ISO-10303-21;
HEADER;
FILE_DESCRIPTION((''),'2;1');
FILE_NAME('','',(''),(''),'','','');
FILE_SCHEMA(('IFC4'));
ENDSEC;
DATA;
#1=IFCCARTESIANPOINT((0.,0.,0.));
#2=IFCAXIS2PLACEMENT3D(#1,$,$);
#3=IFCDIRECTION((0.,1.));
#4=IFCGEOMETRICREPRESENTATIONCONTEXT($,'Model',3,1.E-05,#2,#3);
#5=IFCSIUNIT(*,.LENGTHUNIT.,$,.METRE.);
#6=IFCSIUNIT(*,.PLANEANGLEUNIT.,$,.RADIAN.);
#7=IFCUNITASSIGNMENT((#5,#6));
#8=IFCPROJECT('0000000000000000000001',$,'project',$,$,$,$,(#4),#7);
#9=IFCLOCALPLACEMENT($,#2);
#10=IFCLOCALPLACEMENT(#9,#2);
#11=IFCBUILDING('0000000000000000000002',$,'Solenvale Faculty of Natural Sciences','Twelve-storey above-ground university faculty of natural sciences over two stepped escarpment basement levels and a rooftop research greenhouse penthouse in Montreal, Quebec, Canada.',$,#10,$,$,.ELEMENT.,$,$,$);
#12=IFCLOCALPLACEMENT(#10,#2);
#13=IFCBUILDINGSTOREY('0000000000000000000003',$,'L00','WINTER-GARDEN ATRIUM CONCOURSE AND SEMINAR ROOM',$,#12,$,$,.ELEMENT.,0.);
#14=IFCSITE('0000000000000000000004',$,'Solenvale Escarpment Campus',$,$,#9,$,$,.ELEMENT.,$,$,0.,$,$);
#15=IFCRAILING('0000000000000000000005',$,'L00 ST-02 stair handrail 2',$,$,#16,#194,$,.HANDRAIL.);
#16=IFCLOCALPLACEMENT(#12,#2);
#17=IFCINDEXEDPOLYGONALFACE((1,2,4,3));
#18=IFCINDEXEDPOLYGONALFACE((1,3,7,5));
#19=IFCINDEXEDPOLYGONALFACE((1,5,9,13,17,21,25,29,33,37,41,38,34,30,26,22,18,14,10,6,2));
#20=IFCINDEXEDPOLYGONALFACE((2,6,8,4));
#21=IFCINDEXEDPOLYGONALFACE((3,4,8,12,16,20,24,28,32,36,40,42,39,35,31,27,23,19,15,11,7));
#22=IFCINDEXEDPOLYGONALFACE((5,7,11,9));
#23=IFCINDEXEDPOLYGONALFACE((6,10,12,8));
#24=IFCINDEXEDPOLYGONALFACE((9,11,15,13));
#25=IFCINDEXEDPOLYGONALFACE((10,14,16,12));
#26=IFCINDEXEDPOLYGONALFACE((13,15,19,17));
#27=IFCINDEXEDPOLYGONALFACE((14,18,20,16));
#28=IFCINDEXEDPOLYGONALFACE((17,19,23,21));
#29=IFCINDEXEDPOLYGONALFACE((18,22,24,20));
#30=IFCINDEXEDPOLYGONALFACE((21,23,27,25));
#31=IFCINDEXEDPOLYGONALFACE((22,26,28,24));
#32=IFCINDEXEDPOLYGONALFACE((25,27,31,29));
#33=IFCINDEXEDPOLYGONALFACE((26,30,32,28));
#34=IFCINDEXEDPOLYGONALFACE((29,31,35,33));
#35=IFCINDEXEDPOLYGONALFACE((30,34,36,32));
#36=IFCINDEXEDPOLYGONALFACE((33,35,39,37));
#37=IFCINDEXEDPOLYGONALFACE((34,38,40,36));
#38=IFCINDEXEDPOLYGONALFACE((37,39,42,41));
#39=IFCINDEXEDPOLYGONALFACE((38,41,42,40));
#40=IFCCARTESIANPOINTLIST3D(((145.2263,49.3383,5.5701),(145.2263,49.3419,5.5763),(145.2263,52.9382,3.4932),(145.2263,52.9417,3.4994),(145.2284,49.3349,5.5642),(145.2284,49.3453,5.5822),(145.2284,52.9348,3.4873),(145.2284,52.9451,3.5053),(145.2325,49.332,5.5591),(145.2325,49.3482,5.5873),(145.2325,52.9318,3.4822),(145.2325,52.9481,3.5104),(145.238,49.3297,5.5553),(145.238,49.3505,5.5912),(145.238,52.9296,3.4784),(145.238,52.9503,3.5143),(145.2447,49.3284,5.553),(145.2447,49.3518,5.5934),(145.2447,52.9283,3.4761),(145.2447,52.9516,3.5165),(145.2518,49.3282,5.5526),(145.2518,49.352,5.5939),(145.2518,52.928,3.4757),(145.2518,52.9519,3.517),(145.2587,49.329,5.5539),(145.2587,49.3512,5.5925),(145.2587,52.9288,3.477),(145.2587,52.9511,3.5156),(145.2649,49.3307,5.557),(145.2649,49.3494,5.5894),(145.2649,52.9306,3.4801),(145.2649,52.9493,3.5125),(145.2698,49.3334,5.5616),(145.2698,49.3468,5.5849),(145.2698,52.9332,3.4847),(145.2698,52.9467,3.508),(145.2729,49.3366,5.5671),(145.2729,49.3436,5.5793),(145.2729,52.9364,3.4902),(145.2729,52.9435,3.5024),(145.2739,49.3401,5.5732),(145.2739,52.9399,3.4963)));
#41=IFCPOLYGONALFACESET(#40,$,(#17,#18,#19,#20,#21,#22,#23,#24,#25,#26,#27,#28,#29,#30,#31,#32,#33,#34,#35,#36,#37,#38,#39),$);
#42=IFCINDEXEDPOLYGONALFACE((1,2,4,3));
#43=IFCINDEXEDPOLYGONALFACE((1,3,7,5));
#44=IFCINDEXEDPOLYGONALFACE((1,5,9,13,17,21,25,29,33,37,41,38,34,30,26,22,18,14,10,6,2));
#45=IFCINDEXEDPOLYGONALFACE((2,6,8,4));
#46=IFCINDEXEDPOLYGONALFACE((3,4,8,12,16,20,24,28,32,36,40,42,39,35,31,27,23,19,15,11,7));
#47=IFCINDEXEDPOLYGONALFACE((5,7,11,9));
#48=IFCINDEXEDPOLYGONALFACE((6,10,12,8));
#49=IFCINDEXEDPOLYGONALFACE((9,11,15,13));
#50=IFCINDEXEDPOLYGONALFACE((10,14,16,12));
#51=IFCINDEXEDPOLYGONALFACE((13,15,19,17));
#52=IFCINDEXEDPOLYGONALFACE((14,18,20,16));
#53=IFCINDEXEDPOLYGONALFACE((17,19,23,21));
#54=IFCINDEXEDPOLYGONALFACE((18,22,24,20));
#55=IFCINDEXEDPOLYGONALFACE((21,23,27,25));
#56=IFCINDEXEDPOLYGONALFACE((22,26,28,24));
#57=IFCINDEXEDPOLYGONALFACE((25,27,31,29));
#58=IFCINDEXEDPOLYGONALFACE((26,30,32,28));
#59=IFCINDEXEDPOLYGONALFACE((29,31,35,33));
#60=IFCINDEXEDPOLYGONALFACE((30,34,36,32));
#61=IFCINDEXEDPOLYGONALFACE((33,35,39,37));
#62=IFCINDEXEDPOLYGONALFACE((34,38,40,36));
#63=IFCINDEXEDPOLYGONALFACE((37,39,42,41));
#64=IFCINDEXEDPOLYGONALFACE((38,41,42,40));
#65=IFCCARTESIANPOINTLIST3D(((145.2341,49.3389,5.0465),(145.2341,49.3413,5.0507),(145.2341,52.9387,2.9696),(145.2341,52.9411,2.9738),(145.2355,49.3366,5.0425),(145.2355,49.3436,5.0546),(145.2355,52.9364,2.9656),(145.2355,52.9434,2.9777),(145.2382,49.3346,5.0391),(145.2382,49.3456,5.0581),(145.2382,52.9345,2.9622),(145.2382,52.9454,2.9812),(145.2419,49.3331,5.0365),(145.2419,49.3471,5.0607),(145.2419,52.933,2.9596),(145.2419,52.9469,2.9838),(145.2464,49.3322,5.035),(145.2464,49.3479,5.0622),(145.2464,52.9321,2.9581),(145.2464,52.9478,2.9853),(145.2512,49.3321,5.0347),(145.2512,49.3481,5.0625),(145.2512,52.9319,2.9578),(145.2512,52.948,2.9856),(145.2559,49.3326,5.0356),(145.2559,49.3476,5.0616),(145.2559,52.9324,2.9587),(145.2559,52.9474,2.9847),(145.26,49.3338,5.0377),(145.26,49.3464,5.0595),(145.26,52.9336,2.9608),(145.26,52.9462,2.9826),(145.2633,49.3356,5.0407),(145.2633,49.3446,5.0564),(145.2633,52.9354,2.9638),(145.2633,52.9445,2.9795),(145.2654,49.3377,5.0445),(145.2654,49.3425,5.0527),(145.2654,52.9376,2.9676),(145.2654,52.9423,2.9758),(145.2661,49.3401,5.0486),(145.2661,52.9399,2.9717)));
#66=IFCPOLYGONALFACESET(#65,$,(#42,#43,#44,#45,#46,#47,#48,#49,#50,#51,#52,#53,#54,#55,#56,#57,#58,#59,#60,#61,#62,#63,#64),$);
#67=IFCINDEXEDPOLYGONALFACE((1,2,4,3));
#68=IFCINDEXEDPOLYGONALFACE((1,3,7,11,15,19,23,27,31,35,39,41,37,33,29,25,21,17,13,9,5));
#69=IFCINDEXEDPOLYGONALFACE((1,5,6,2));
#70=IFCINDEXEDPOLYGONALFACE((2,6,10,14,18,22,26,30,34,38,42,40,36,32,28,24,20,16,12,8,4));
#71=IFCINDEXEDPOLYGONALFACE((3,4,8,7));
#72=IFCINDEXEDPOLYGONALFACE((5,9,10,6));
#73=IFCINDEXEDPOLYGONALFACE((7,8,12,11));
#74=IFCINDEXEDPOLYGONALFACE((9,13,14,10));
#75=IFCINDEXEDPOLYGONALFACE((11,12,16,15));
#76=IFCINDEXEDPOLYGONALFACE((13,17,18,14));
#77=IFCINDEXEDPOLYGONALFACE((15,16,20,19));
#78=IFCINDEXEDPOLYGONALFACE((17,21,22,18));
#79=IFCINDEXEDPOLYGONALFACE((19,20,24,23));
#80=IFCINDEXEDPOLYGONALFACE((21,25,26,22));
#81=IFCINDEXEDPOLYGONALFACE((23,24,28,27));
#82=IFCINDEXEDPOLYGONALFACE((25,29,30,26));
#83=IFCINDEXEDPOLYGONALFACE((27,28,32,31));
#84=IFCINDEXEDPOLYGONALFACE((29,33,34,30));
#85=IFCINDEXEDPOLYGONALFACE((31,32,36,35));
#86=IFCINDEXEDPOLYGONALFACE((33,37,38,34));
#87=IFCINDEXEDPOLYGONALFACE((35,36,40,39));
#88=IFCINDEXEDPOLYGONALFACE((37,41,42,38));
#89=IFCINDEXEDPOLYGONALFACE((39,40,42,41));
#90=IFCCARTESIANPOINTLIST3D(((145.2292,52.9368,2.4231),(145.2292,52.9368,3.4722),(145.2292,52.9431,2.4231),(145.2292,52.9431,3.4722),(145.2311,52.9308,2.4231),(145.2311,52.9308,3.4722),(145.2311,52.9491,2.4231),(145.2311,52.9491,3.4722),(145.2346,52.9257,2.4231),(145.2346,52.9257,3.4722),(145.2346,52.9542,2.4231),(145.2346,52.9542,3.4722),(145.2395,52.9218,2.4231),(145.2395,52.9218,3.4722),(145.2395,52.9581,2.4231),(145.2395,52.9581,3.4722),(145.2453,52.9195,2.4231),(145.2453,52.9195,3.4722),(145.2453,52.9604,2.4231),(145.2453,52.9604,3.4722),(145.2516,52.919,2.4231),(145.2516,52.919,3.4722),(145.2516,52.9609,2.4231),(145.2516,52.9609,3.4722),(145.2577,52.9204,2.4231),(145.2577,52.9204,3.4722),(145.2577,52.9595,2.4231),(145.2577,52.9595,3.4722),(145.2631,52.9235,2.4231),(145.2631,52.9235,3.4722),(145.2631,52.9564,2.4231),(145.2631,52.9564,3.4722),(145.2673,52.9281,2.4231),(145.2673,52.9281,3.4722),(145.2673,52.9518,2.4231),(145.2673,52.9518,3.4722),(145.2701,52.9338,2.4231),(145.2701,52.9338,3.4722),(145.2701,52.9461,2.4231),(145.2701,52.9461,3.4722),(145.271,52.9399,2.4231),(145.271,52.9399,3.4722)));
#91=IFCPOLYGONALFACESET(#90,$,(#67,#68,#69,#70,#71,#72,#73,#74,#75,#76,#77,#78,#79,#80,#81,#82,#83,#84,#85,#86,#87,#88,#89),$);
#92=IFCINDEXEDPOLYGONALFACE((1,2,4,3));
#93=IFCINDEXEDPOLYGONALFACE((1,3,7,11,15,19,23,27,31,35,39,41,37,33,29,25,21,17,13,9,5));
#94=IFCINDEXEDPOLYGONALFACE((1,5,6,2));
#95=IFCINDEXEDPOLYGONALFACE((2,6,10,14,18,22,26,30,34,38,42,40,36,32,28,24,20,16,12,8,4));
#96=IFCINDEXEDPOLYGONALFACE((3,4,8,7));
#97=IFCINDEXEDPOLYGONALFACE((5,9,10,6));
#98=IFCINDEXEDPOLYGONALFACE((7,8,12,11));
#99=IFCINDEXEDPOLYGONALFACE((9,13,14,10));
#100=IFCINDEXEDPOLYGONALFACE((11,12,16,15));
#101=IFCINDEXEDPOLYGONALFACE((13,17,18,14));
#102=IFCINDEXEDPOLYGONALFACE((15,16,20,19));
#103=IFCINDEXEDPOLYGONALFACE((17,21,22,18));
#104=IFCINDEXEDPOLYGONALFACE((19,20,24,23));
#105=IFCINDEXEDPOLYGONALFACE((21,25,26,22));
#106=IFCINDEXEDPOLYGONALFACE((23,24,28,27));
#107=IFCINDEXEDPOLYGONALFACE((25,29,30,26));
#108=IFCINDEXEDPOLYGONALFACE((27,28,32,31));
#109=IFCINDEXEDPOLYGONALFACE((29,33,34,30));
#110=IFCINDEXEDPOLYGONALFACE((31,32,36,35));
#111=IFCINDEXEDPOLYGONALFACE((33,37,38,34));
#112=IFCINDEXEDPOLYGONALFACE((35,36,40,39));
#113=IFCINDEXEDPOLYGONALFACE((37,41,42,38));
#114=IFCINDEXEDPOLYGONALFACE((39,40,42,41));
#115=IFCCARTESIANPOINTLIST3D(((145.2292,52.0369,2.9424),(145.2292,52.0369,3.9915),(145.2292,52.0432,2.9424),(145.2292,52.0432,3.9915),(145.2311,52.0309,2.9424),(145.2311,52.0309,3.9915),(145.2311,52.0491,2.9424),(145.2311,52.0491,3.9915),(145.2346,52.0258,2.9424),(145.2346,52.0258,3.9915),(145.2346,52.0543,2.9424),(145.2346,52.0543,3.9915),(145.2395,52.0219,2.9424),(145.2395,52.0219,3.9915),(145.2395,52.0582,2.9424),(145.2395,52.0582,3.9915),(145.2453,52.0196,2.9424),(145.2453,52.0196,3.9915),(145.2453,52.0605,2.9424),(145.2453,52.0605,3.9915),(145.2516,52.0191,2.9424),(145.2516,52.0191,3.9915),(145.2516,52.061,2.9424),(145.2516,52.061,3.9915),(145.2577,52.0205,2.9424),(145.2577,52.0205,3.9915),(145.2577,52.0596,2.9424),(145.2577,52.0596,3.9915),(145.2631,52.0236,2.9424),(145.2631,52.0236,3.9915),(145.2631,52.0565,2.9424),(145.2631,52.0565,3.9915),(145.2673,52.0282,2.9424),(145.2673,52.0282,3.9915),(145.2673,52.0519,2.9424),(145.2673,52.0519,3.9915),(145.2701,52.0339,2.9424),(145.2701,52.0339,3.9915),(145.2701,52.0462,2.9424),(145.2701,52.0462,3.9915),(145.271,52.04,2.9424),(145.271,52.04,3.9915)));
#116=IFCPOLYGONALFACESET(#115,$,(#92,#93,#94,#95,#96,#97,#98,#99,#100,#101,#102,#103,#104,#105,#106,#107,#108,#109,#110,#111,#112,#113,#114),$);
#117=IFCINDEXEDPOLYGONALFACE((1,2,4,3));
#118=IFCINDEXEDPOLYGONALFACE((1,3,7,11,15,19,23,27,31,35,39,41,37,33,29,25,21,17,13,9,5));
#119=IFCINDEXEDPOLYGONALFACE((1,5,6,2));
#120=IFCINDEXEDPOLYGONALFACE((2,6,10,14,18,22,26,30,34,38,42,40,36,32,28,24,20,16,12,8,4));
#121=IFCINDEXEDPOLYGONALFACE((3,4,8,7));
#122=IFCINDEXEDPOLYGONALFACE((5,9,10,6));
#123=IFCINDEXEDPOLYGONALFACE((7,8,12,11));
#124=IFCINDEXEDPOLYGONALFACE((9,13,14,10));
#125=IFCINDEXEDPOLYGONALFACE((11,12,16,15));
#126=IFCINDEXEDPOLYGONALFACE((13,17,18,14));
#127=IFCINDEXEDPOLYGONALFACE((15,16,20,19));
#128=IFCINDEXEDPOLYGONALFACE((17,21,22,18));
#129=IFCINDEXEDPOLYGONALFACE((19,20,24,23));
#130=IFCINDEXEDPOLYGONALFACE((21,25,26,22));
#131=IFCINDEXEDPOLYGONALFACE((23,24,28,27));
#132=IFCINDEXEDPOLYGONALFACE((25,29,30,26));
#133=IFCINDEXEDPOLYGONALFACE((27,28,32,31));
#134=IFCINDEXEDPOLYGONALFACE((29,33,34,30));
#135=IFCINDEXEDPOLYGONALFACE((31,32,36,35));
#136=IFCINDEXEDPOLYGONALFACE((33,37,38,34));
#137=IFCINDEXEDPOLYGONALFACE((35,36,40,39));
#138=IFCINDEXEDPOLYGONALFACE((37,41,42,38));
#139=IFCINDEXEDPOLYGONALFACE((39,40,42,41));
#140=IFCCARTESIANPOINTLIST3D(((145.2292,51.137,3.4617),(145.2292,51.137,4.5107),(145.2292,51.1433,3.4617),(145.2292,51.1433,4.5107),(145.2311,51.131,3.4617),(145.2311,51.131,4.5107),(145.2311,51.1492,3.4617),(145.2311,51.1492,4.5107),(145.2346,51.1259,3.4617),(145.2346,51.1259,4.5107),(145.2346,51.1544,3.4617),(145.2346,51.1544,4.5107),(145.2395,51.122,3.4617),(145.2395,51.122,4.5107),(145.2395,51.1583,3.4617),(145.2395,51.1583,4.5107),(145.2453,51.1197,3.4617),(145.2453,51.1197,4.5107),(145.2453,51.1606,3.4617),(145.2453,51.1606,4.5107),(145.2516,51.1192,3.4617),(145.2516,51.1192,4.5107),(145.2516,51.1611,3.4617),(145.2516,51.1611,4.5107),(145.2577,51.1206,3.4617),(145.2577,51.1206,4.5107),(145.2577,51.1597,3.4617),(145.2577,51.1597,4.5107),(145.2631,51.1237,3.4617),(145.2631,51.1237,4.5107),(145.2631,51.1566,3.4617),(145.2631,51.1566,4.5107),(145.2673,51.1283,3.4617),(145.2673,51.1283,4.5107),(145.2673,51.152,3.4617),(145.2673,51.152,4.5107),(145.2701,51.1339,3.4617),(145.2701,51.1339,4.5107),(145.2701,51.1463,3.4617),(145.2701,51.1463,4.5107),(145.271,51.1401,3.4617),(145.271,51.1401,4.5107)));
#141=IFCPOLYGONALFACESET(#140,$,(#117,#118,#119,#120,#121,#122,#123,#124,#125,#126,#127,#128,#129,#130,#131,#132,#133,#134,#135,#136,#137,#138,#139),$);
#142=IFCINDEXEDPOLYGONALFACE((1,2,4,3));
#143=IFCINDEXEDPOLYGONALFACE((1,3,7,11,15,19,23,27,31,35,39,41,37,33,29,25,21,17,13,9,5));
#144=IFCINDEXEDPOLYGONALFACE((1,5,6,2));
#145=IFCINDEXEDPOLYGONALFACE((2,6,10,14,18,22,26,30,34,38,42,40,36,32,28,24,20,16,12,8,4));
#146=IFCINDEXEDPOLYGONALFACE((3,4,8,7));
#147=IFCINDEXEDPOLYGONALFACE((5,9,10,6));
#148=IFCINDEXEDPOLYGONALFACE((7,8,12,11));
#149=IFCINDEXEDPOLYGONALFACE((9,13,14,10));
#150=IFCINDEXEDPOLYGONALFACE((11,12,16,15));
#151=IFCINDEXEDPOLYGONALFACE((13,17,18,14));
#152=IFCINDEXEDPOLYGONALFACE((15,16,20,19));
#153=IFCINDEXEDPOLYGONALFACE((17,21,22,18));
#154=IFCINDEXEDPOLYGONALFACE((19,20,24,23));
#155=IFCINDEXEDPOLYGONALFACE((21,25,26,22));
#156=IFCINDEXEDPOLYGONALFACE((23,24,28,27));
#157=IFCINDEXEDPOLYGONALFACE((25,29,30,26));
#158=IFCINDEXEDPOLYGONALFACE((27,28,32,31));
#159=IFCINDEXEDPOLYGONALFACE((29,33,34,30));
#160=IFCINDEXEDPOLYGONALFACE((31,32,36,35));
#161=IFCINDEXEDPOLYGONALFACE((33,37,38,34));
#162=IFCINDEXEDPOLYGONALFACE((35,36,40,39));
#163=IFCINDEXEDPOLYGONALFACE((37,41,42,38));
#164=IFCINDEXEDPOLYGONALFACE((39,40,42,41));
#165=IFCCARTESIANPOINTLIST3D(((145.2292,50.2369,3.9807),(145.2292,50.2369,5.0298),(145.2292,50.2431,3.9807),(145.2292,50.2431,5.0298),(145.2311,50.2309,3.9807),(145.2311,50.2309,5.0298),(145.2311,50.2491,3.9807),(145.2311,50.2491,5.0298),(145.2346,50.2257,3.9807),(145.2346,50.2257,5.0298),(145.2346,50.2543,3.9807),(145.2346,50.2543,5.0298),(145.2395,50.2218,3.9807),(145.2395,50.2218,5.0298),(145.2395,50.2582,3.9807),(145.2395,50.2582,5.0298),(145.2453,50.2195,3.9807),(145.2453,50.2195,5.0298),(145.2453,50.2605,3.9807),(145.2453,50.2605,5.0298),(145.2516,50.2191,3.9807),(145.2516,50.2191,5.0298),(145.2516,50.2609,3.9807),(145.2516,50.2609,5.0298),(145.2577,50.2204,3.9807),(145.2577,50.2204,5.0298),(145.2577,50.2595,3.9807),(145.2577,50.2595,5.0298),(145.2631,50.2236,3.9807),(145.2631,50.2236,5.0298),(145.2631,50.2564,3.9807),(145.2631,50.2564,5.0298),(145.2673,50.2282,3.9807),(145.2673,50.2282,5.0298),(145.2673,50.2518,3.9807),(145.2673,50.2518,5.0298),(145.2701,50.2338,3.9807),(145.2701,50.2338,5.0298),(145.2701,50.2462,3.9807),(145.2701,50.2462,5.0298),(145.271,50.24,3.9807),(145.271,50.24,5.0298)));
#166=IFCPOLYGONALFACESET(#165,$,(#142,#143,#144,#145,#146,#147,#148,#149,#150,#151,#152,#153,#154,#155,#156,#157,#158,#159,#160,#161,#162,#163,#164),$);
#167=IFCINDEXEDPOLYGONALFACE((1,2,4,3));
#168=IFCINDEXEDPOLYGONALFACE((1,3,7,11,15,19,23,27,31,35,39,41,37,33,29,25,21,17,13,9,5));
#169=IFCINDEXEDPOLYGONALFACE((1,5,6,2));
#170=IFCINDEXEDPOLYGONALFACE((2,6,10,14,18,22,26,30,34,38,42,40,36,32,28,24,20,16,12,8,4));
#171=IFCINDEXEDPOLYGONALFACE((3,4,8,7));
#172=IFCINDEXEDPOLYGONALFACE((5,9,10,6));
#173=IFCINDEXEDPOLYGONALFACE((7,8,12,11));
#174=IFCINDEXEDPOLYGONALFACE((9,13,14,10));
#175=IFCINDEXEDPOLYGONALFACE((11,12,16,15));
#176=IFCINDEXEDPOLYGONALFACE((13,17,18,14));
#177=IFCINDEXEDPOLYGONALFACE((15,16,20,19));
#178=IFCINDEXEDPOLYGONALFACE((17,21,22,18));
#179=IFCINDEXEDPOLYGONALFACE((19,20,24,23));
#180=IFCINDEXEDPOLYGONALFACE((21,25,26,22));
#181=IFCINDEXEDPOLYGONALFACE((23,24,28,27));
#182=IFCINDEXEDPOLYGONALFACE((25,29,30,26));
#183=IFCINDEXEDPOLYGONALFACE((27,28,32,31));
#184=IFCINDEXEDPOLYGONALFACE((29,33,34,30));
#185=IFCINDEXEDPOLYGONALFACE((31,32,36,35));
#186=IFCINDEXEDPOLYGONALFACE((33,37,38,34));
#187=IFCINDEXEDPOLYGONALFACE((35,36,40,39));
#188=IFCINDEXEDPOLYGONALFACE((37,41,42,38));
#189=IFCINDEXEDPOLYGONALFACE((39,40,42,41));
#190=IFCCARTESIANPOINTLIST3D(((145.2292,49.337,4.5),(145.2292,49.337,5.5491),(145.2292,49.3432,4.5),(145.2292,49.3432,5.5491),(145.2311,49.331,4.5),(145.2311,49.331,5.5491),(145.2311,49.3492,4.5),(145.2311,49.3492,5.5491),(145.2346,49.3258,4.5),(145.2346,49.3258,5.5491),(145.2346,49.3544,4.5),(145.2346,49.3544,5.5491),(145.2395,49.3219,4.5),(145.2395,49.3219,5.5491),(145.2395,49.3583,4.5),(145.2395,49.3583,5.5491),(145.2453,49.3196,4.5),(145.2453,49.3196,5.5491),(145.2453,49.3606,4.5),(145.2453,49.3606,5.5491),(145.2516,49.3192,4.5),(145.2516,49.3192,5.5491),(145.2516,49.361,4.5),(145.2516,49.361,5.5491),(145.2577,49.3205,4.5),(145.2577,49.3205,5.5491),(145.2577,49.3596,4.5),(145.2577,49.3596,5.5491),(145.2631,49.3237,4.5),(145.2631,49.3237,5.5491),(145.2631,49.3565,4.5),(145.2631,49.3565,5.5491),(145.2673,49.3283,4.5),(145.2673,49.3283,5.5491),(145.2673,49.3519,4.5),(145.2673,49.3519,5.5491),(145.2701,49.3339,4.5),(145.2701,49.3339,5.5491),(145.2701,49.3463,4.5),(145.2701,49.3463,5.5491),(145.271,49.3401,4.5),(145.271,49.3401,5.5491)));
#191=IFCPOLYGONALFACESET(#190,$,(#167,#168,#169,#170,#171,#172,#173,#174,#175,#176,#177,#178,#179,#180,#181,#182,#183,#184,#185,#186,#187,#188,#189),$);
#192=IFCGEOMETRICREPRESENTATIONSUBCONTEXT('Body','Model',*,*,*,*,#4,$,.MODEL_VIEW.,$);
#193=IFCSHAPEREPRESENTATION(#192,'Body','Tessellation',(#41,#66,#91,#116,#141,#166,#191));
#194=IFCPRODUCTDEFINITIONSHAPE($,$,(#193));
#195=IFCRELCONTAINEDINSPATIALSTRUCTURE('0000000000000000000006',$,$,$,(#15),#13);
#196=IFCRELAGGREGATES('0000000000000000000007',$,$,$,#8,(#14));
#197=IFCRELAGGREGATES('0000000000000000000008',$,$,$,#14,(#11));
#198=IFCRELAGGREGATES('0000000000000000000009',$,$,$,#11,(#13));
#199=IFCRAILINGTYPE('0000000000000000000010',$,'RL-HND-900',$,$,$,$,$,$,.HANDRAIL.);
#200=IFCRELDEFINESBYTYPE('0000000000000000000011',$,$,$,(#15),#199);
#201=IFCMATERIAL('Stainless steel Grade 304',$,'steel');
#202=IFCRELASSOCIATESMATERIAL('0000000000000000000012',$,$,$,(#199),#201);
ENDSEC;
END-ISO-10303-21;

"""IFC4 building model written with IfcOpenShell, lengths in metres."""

from ifc_helpers import new_model, si_unit, direction, frame, origin, origin_2d, place, context, subcontext, project, spatial, circle, extrude, material, type_object, element, save


model = new_model("IFC4")

# Units and contexts
model_context = context("Model", 3, precision=1e-05, world=origin(), true_north=direction((0.0, 1.0)))
body_context = subcontext(model_context, "Body", "Model", "MODEL_VIEW")
ifc_project = project(units=[si_unit("LENGTHUNIT", "METRE"), si_unit("PLANEANGLEUNIT", "RADIAN")], contexts=[model_context])

# Site, building, storey
site_placement = place(None, origin())
site = spatial("IfcSite", under=ifc_project, at=site_placement, Name="Solenvale Escarpment Campus", CompositionType="ELEMENT", RefElevation=0.0)
building_placement = place(site_placement, origin())
building = spatial("IfcBuilding", under=site, at=building_placement, Name="Solenvale Faculty of Natural Sciences", Description="Twelve-storey above-ground university faculty of natural sciences over two stepped escarpment basement levels and a rooftop research greenhouse penthouse in Montreal, Quebec, Canada.", CompositionType="ELEMENT")
storey_placement = place(building_placement, origin())
storey = spatial("IfcBuildingStorey", under=building, at=storey_placement, Name="L00", Description="WINTER-GARDEN ATRIUM CONCOURSE AND SEMINAR ROOM", CompositionType="ELEMENT", Elevation=0.0)

# Shared definitions
ifc_material_1 = material(Name="Stainless steel Grade 304", Category="steel")

# Railing
railing_type_1 = type_object("IfcRailingType", Name="RL-HND-900", PredefinedType="HANDRAIL", material=ifc_material_1)
railing_1_placement = place(storey_placement, frame((145.25, 52.9399, 2.4231)))
element("IfcRailing", 1, at=railing_1_placement, inside=storey, type_object=railing_type_1, Name="L00 ST-02 stair handrail 2", PredefinedType="HANDRAIL", context=body_context, shape_type="SweptSolid", body=[
    extrude(circle(Radius=0.0239, at=origin_2d()), frame((0.0, 0.0, 1.0732), z_axis=(0.0, -0.866179, 0.499734), x_axis=(1.0, 0.0, 0.0)), (0.0, 0.0, 1.0), 4.156),
    extrude(circle(Radius=0.0161, at=origin_2d()), frame((0.0, 0.0, 0.5486), z_axis=(0.0, -0.866179, 0.499734), x_axis=(1.0, 0.0, 0.0)), (0.0, 0.0, 1.0), 4.156),
    extrude(circle(Radius=0.021, at=origin_2d()), origin(), (0.0, 0.0, 1.0), 1.0491),
    extrude(circle(Radius=0.021, at=origin_2d()), frame((0.0, -0.8999, 0.5193)), (0.0, 0.0, 1.0), 1.0491),
    extrude(circle(Radius=0.021, at=origin_2d()), frame((0.0, -1.7998, 1.0386)), (0.0, 0.0, 1.0), 1.0491),
    extrude(circle(Radius=0.021, at=origin_2d()), frame((0.0, -2.7, 1.5576)), (0.0, 0.0, 1.0), 1.0491),
    extrude(circle(Radius=0.021, at=origin_2d()), frame((0.0, -3.5999, 2.0769)), (0.0, 0.0, 1.0), 1.0491),
])

save(model, "model.ifc")
